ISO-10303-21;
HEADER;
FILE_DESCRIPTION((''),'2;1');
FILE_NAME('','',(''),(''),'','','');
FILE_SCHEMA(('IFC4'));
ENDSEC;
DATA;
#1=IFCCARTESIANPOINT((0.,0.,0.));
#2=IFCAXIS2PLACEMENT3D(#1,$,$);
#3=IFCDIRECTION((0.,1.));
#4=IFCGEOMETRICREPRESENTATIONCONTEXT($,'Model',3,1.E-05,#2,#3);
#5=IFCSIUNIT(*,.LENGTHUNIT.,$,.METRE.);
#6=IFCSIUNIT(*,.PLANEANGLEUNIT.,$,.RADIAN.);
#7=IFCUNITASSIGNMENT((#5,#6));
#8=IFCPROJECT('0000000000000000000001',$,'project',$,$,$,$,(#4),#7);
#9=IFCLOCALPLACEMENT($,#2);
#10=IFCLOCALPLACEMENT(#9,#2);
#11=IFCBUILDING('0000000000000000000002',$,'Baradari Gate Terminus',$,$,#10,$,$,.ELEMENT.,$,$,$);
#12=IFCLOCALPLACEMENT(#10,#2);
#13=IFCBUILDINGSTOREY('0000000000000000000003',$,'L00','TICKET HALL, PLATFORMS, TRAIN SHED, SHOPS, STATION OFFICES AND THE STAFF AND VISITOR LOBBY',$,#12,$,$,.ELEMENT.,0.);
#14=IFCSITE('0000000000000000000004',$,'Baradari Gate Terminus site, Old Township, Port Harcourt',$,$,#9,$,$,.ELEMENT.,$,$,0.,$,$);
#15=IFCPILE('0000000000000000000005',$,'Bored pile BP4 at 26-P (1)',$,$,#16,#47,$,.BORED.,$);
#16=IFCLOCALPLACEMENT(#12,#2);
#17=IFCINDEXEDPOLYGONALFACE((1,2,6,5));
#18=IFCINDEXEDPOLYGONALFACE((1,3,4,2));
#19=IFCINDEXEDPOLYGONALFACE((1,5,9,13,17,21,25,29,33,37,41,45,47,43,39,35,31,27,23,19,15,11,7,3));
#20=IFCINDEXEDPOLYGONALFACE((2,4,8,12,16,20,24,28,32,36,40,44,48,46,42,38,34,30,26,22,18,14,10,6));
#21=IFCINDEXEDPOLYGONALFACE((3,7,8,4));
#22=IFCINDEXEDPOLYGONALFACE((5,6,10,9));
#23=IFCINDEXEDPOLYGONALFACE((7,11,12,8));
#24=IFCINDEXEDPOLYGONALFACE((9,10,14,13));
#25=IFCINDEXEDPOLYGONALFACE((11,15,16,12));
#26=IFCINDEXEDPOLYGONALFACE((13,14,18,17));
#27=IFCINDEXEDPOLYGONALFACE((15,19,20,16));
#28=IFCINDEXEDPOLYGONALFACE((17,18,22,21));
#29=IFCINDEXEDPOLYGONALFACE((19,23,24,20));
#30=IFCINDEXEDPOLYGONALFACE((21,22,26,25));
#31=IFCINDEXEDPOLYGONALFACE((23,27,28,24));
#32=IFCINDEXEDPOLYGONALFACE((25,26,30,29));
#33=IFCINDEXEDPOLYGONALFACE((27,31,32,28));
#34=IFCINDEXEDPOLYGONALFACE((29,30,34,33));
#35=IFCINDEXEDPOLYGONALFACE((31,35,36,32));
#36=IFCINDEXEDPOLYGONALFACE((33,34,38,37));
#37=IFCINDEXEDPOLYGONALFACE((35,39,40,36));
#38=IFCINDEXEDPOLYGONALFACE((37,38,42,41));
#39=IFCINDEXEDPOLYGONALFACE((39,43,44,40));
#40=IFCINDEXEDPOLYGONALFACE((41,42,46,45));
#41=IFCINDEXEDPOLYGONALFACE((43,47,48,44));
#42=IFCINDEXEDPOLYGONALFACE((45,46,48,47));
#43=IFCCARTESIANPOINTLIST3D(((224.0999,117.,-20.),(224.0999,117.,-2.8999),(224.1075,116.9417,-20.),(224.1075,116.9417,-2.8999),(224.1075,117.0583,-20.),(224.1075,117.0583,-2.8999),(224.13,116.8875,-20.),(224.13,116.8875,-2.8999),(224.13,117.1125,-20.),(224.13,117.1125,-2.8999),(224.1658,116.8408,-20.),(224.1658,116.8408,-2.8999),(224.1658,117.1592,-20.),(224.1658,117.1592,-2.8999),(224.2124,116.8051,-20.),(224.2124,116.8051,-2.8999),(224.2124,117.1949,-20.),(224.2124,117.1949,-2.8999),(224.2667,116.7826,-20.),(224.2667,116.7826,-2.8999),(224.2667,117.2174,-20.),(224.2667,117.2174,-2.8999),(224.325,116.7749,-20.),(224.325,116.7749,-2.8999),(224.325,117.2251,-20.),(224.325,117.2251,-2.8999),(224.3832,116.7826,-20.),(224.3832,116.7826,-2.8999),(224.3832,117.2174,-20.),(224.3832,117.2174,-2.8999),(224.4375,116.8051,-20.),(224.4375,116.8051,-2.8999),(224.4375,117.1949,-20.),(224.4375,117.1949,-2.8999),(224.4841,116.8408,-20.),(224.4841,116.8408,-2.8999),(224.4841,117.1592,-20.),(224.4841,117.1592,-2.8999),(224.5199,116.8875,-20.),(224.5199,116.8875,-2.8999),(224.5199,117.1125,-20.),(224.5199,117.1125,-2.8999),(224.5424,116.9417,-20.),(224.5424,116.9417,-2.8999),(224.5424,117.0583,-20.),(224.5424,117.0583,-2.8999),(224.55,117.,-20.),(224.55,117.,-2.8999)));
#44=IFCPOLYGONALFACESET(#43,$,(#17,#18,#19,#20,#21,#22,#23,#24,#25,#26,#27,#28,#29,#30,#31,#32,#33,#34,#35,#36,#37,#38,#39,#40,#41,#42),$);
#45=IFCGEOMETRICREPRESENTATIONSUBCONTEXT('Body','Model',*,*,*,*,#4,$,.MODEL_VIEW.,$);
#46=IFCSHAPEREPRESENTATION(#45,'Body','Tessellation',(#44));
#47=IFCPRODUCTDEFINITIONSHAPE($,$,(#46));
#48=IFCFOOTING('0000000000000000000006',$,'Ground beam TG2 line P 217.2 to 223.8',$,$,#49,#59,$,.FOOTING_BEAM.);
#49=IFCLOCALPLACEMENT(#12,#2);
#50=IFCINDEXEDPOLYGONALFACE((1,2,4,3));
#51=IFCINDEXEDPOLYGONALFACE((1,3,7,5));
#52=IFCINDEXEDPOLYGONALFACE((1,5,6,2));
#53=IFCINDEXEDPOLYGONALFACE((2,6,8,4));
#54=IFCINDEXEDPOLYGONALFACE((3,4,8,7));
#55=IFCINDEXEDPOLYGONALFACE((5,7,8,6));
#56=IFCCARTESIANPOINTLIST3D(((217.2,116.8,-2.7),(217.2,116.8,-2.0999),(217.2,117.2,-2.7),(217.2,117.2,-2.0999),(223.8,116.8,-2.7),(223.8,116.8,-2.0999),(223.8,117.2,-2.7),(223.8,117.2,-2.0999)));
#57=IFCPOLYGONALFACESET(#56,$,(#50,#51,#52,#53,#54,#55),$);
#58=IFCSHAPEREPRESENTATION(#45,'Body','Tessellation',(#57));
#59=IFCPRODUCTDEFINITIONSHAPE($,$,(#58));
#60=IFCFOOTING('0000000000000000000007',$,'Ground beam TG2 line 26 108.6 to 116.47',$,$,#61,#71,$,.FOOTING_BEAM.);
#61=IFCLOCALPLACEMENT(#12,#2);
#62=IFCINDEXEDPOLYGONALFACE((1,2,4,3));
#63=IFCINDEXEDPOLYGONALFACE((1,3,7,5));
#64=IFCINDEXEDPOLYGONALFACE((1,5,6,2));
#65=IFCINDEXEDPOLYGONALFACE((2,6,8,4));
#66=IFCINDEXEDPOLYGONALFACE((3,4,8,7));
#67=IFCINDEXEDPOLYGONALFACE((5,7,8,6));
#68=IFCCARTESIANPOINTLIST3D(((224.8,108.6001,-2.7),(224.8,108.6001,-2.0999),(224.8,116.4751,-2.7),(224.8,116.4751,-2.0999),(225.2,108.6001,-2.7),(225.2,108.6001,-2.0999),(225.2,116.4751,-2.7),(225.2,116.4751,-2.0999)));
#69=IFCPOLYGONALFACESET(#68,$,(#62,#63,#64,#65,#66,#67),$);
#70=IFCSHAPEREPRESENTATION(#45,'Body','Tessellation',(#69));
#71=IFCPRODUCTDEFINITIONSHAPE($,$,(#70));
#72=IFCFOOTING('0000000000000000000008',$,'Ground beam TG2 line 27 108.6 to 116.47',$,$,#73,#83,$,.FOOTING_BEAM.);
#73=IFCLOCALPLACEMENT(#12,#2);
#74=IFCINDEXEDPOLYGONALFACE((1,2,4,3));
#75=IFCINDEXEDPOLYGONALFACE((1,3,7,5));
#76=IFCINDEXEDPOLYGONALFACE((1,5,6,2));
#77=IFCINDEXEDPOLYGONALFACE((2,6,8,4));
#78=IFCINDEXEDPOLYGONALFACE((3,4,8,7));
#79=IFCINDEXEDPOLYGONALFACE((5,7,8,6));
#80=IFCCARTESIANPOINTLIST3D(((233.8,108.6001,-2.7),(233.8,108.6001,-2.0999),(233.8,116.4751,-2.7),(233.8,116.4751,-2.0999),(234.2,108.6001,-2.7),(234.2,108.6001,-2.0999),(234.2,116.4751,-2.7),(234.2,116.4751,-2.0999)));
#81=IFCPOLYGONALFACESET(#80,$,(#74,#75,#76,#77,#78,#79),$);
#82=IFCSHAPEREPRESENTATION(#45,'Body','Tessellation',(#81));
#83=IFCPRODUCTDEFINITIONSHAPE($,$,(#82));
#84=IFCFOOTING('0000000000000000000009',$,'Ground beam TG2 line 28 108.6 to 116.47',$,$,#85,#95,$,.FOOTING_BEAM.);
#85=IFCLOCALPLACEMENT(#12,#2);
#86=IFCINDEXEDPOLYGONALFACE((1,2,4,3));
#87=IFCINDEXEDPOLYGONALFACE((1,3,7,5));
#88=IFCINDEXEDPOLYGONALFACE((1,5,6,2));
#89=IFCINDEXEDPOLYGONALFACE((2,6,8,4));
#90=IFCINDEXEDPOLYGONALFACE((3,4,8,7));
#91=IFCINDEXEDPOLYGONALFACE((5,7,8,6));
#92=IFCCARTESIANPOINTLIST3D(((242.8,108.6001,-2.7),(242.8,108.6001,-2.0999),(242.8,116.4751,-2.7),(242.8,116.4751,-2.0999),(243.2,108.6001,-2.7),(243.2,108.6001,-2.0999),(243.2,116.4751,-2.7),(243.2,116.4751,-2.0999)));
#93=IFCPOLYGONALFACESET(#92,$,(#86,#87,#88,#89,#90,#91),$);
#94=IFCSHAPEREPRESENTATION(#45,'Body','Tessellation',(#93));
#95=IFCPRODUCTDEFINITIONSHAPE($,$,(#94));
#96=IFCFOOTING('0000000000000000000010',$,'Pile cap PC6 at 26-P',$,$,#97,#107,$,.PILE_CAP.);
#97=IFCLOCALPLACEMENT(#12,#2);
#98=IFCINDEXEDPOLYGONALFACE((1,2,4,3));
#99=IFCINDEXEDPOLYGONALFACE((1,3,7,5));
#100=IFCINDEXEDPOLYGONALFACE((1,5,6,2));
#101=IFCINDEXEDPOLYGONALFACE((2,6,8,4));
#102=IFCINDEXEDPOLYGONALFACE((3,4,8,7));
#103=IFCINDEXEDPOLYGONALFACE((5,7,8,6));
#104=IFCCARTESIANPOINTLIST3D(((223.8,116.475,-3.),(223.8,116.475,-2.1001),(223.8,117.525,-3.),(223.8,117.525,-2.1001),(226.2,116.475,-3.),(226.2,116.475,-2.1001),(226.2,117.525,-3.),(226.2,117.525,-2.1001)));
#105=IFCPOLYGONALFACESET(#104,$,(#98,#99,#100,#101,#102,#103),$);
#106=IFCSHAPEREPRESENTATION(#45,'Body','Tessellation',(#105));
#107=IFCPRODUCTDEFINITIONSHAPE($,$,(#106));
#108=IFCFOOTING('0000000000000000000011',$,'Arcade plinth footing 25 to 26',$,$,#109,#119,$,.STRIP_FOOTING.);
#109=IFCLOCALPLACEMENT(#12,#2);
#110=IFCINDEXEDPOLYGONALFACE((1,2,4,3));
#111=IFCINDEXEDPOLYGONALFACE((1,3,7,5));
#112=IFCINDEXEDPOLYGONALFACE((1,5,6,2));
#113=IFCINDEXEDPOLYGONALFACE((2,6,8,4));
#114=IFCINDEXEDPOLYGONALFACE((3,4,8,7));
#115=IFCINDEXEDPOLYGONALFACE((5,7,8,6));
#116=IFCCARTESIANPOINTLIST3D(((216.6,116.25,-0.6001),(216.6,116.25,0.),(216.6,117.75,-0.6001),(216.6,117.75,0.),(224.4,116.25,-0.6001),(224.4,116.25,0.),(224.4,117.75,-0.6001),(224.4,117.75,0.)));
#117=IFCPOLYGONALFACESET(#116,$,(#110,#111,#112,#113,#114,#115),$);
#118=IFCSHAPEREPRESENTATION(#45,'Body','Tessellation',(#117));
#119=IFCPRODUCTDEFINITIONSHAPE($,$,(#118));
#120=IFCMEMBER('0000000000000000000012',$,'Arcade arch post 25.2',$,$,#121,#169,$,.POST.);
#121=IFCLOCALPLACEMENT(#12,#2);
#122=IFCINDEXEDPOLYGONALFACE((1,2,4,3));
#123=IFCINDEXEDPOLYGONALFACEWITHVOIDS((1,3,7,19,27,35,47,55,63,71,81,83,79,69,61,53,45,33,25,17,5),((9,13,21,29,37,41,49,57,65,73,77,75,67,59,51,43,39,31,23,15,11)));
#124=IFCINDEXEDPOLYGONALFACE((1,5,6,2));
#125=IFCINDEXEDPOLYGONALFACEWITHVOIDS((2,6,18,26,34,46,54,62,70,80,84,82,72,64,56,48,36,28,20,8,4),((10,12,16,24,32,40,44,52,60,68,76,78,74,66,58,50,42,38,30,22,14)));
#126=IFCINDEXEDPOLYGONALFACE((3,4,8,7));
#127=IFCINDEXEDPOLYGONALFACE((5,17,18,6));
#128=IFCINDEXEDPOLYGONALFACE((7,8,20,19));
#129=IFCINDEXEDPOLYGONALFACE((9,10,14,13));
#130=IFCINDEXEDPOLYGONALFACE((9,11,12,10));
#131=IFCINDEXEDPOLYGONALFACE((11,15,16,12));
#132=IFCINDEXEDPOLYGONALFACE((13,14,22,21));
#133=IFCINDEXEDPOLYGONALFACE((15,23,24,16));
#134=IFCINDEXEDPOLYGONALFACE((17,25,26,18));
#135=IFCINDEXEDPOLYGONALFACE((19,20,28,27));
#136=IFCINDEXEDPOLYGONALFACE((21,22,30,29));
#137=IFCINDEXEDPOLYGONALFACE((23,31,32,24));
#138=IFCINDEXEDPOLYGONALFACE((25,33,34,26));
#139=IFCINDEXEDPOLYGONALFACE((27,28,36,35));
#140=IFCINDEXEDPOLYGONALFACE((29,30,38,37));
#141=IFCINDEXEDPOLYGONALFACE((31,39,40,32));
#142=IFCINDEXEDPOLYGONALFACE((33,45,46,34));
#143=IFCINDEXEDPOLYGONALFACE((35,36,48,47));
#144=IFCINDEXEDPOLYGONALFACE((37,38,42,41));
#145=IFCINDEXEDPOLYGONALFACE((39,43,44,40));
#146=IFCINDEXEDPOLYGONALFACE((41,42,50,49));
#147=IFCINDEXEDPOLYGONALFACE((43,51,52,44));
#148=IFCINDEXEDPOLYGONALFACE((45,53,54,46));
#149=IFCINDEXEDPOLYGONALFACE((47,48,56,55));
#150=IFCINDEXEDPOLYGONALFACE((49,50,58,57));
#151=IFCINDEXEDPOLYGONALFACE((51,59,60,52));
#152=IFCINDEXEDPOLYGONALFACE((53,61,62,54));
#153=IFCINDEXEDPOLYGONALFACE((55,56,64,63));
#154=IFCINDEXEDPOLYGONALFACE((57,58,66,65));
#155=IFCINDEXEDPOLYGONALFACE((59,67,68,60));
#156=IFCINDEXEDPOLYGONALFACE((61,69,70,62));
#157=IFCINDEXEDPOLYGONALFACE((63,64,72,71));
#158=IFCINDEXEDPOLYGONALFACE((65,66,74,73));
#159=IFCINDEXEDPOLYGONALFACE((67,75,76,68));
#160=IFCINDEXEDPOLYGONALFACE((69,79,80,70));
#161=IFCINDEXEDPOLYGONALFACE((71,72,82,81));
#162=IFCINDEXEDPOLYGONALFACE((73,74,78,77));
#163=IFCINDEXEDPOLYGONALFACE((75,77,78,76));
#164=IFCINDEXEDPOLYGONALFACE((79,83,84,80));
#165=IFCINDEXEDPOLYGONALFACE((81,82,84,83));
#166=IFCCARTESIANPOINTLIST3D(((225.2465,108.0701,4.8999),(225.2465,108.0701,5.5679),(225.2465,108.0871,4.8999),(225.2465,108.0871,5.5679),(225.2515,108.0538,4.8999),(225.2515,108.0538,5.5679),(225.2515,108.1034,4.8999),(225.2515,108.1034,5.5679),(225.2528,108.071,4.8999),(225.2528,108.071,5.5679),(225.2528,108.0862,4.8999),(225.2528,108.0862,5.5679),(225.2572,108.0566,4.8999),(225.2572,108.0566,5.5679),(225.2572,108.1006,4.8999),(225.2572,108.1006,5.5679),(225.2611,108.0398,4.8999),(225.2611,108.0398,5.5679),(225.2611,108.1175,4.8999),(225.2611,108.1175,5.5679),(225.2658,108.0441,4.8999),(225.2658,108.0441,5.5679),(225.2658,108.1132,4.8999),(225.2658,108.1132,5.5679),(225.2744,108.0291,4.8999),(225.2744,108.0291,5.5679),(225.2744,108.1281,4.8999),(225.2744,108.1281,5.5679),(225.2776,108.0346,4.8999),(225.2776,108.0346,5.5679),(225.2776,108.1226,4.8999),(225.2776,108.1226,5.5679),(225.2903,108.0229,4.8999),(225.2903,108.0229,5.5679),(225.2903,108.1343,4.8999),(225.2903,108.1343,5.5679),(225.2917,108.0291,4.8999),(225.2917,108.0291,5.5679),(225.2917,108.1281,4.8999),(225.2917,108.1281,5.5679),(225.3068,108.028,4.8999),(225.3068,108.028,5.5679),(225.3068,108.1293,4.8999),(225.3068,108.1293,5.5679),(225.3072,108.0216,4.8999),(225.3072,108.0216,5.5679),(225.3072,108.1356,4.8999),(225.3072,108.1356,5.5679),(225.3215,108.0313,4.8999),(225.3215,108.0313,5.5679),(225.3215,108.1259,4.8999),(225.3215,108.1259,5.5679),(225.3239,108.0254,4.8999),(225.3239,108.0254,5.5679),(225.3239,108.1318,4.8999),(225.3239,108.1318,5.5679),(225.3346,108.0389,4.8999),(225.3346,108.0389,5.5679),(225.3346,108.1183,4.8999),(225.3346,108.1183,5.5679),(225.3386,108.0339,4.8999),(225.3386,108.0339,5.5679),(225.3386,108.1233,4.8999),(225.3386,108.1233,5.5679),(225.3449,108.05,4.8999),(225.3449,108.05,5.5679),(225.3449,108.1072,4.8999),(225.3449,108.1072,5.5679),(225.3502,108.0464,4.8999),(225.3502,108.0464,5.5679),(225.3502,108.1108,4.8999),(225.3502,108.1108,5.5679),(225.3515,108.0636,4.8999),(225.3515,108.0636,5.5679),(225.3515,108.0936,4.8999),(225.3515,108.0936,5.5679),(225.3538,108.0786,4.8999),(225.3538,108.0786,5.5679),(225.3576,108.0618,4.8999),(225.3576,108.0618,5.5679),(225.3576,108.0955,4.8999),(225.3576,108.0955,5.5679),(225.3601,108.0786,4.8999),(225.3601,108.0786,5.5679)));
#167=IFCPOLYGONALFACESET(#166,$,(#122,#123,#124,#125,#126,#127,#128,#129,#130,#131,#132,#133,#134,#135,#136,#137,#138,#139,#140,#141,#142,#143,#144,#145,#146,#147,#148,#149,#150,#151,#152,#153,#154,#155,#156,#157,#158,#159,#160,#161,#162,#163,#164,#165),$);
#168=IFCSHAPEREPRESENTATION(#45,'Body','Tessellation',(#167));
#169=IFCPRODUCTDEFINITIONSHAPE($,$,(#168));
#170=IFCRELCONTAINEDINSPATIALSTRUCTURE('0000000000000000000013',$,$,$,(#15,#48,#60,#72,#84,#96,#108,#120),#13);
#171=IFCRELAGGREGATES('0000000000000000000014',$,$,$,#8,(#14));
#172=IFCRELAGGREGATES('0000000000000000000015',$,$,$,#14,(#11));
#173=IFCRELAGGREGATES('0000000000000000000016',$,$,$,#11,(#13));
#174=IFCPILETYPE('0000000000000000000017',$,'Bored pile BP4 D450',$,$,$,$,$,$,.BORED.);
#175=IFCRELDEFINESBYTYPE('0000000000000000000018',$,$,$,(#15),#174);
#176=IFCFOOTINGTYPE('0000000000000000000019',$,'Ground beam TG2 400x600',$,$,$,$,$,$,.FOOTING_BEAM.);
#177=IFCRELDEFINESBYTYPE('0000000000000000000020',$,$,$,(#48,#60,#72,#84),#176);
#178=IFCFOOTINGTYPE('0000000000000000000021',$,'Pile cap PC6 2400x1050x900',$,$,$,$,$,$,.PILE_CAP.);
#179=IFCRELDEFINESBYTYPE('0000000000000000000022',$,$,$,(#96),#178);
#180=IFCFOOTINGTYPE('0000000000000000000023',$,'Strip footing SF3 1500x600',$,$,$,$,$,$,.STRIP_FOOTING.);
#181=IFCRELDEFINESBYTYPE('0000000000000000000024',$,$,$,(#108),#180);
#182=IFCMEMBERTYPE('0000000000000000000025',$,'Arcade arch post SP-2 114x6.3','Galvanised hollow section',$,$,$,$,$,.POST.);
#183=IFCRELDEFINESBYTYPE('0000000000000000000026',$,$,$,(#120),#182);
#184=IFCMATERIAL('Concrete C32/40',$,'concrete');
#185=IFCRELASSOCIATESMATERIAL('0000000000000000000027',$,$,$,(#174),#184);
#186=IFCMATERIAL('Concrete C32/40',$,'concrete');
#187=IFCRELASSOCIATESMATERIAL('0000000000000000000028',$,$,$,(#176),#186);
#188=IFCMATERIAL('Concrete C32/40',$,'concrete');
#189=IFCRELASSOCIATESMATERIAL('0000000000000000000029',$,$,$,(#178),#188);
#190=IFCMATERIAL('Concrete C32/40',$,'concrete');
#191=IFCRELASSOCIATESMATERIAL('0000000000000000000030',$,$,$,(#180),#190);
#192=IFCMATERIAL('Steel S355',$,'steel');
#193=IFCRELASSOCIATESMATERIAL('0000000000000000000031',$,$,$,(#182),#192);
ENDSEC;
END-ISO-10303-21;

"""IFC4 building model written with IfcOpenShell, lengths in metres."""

from ifc_helpers import new_model, si_unit, direction, frame, origin, origin_2d, place, context, subcontext, project, spatial, rectangle, circle, hollow_circle, extrude, material, material_profile, profile_set, type_object, element, save


model = new_model("IFC4")

# Units and contexts
model_context = context("Model", 3, precision=1e-05, world=origin(), true_north=direction((0.0, 1.0)))
body_context = subcontext(model_context, "Body", "Model", "MODEL_VIEW")
ifc_project = project(units=[si_unit("LENGTHUNIT", "METRE"), si_unit("PLANEANGLEUNIT", "RADIAN")], contexts=[model_context])

# Site, building, storey
site_placement = place(None, origin())
site = spatial("IfcSite", under=ifc_project, at=site_placement, Name="Baradari Gate Terminus site, Old Township, Port Harcourt", CompositionType="ELEMENT", RefElevation=0.0)
building_placement = place(site_placement, origin())
building = spatial("IfcBuilding", under=site, at=building_placement, Name="Baradari Gate Terminus", CompositionType="ELEMENT")
storey_placement = place(building_placement, origin())
storey = spatial("IfcBuildingStorey", under=building, at=storey_placement, Name="L00", Description="TICKET HALL, PLATFORMS, TRAIN SHED, SHOPS, STATION OFFICES AND THE STAFF AND VISITOR LOBBY", CompositionType="ELEMENT", Elevation=0.0)

# Pile
ifc_material_1 = material(Name="Concrete C32/40", Category="concrete")
pile_type = type_object("IfcPileType", Name="Bored pile BP4 D450", PredefinedType="BORED", material=ifc_material_1)
pile_placement = place(storey_placement, frame((224.325, 117.0, -2.8999), z_axis=(0.0, 0.0, -1.0), x_axis=(1.0, 0.0, 0.0)))
element("IfcPile", 1, at=pile_placement, inside=storey, type_object=pile_type, Name="Bored pile BP4 at 26-P (1)", PredefinedType="BORED", context=body_context, shape_type="SweptSolid", body=[
    extrude(circle(Radius=0.2251, at=origin_2d()), origin(), (0.0, 0.0, 1.0), 17.1001),
])

# Footings
ifc_material_2 = material(Name="Concrete C32/40", Category="concrete")
footing_type_1 = type_object("IfcFootingType", Name="Ground beam TG2 400x600", PredefinedType="FOOTING_BEAM", material=ifc_material_2)
footing_1_placement = place(storey_placement, frame((220.5, 117.0, -2.7), z_axis=(0.0, 0.0, 1.0), x_axis=(1.0, 0.0, 0.0)))
element("IfcFooting", 2, at=footing_1_placement, inside=storey, type_object=footing_type_1, Name="Ground beam TG2 line P 217.2 to 223.8", PredefinedType="FOOTING_BEAM", context=body_context, shape_type="SweptSolid", body=[
    extrude(rectangle(XDim=6.6001, YDim=0.3999, at=origin_2d()), origin(), (0.0, 0.0, 1.0), 0.6001),
])
for number, where, z_axis, x_axis, name in (
    (3, (225.0, 112.5376, -2.7), (0.0, 0.0, 1.0), (1.0, 0.0, 0.0), "Ground beam TG2 line 26 108.6 to 116.47"),
    (4, (234.0, 112.5376, -2.7), (0.0, 0.0, 1.0), (1.0, 0.0, 0.0), "Ground beam TG2 line 27 108.6 to 116.47"),
    (5, (243.0, 112.5376, -2.7), (0.0, 0.0, 1.0), (1.0, 0.0, 0.0), "Ground beam TG2 line 28 108.6 to 116.47"),
):
    element("IfcFooting", number, at=place(storey_placement, frame(where, z_axis=z_axis, x_axis=x_axis)), inside=storey, type_object=footing_type_1, Name=name, PredefinedType="FOOTING_BEAM", context=body_context, shape_type="SweptSolid", body=[
        extrude(rectangle(XDim=0.3999, YDim=7.875, at=origin_2d()), origin(), (0.0, 0.0, 1.0), 0.6001),
    ])
ifc_material_3 = material(Name="Concrete C32/40", Category="concrete")
footing_type_2 = type_object("IfcFootingType", Name="Pile cap PC6 2400x1050x900", PredefinedType="PILE_CAP", material=ifc_material_3)
footing_2_placement = place(storey_placement, frame((225.0, 117.0, -3.0), z_axis=(0.0, 0.0, 1.0), x_axis=(1.0, 0.0, 0.0)))
element("IfcFooting", 6, at=footing_2_placement, inside=storey, type_object=footing_type_2, Name="Pile cap PC6 at 26-P", PredefinedType="PILE_CAP", context=body_context, shape_type="SweptSolid", body=[
    extrude(rectangle(XDim=2.3999, YDim=1.05, at=origin_2d()), origin(), (0.0, 0.0, 1.0), 0.8999),
])
ifc_material_4 = material(Name="Concrete C32/40", Category="concrete")
footing_type_3 = type_object("IfcFootingType", Name="Strip footing SF3 1500x600", PredefinedType="STRIP_FOOTING", material=ifc_material_4)
footing_3_placement = place(storey_placement, frame((220.5, 117.0, -0.6001), z_axis=(0.0, 0.0, 1.0), x_axis=(1.0, 0.0, 0.0)))
element("IfcFooting", 7, at=footing_3_placement, inside=storey, type_object=footing_type_3, Name="Arcade plinth footing 25 to 26", PredefinedType="STRIP_FOOTING", context=body_context, shape_type="SweptSolid", body=[
    extrude(rectangle(XDim=7.8, YDim=1.5, at=origin_2d()), origin(), (0.0, 0.0, 1.0), 0.6001),
])

# Member
ifc_material_5 = material(Name="Steel S355", Category="steel")
ifc_material_profile_1 = material_profile(ifc_material_5, hollow_circle(Radius=0.0571, WallThickness=0.0063, at=origin_2d()), Name="CHS 114.3x6.3")
ifc_profile_set_1 = profile_set([ifc_material_profile_1], Name="Steel S355")
member_type = type_object("IfcMemberType", Name="Arcade arch post SP-2 114x6.3", Description="Galvanised hollow section", PredefinedType="POST", material=ifc_profile_set_1)
member_1_placement = place(storey_placement, frame((225.303, 108.0786, 4.8999), z_axis=(0.0, 0.0, 1.0), x_axis=(1.0, 0.0, 0.0)))
element("IfcMember", 8, at=member_1_placement, inside=storey, type_object=member_type, Name="Arcade arch post 25.2", PredefinedType="POST", context=body_context, shape_type="SweptSolid", body=[
    extrude(hollow_circle(Radius=0.0571, WallThickness=0.0063, at=origin_2d()), origin(), (0.0, 0.0, 1.0), 0.668),
])

save(model, "model.ifc")
